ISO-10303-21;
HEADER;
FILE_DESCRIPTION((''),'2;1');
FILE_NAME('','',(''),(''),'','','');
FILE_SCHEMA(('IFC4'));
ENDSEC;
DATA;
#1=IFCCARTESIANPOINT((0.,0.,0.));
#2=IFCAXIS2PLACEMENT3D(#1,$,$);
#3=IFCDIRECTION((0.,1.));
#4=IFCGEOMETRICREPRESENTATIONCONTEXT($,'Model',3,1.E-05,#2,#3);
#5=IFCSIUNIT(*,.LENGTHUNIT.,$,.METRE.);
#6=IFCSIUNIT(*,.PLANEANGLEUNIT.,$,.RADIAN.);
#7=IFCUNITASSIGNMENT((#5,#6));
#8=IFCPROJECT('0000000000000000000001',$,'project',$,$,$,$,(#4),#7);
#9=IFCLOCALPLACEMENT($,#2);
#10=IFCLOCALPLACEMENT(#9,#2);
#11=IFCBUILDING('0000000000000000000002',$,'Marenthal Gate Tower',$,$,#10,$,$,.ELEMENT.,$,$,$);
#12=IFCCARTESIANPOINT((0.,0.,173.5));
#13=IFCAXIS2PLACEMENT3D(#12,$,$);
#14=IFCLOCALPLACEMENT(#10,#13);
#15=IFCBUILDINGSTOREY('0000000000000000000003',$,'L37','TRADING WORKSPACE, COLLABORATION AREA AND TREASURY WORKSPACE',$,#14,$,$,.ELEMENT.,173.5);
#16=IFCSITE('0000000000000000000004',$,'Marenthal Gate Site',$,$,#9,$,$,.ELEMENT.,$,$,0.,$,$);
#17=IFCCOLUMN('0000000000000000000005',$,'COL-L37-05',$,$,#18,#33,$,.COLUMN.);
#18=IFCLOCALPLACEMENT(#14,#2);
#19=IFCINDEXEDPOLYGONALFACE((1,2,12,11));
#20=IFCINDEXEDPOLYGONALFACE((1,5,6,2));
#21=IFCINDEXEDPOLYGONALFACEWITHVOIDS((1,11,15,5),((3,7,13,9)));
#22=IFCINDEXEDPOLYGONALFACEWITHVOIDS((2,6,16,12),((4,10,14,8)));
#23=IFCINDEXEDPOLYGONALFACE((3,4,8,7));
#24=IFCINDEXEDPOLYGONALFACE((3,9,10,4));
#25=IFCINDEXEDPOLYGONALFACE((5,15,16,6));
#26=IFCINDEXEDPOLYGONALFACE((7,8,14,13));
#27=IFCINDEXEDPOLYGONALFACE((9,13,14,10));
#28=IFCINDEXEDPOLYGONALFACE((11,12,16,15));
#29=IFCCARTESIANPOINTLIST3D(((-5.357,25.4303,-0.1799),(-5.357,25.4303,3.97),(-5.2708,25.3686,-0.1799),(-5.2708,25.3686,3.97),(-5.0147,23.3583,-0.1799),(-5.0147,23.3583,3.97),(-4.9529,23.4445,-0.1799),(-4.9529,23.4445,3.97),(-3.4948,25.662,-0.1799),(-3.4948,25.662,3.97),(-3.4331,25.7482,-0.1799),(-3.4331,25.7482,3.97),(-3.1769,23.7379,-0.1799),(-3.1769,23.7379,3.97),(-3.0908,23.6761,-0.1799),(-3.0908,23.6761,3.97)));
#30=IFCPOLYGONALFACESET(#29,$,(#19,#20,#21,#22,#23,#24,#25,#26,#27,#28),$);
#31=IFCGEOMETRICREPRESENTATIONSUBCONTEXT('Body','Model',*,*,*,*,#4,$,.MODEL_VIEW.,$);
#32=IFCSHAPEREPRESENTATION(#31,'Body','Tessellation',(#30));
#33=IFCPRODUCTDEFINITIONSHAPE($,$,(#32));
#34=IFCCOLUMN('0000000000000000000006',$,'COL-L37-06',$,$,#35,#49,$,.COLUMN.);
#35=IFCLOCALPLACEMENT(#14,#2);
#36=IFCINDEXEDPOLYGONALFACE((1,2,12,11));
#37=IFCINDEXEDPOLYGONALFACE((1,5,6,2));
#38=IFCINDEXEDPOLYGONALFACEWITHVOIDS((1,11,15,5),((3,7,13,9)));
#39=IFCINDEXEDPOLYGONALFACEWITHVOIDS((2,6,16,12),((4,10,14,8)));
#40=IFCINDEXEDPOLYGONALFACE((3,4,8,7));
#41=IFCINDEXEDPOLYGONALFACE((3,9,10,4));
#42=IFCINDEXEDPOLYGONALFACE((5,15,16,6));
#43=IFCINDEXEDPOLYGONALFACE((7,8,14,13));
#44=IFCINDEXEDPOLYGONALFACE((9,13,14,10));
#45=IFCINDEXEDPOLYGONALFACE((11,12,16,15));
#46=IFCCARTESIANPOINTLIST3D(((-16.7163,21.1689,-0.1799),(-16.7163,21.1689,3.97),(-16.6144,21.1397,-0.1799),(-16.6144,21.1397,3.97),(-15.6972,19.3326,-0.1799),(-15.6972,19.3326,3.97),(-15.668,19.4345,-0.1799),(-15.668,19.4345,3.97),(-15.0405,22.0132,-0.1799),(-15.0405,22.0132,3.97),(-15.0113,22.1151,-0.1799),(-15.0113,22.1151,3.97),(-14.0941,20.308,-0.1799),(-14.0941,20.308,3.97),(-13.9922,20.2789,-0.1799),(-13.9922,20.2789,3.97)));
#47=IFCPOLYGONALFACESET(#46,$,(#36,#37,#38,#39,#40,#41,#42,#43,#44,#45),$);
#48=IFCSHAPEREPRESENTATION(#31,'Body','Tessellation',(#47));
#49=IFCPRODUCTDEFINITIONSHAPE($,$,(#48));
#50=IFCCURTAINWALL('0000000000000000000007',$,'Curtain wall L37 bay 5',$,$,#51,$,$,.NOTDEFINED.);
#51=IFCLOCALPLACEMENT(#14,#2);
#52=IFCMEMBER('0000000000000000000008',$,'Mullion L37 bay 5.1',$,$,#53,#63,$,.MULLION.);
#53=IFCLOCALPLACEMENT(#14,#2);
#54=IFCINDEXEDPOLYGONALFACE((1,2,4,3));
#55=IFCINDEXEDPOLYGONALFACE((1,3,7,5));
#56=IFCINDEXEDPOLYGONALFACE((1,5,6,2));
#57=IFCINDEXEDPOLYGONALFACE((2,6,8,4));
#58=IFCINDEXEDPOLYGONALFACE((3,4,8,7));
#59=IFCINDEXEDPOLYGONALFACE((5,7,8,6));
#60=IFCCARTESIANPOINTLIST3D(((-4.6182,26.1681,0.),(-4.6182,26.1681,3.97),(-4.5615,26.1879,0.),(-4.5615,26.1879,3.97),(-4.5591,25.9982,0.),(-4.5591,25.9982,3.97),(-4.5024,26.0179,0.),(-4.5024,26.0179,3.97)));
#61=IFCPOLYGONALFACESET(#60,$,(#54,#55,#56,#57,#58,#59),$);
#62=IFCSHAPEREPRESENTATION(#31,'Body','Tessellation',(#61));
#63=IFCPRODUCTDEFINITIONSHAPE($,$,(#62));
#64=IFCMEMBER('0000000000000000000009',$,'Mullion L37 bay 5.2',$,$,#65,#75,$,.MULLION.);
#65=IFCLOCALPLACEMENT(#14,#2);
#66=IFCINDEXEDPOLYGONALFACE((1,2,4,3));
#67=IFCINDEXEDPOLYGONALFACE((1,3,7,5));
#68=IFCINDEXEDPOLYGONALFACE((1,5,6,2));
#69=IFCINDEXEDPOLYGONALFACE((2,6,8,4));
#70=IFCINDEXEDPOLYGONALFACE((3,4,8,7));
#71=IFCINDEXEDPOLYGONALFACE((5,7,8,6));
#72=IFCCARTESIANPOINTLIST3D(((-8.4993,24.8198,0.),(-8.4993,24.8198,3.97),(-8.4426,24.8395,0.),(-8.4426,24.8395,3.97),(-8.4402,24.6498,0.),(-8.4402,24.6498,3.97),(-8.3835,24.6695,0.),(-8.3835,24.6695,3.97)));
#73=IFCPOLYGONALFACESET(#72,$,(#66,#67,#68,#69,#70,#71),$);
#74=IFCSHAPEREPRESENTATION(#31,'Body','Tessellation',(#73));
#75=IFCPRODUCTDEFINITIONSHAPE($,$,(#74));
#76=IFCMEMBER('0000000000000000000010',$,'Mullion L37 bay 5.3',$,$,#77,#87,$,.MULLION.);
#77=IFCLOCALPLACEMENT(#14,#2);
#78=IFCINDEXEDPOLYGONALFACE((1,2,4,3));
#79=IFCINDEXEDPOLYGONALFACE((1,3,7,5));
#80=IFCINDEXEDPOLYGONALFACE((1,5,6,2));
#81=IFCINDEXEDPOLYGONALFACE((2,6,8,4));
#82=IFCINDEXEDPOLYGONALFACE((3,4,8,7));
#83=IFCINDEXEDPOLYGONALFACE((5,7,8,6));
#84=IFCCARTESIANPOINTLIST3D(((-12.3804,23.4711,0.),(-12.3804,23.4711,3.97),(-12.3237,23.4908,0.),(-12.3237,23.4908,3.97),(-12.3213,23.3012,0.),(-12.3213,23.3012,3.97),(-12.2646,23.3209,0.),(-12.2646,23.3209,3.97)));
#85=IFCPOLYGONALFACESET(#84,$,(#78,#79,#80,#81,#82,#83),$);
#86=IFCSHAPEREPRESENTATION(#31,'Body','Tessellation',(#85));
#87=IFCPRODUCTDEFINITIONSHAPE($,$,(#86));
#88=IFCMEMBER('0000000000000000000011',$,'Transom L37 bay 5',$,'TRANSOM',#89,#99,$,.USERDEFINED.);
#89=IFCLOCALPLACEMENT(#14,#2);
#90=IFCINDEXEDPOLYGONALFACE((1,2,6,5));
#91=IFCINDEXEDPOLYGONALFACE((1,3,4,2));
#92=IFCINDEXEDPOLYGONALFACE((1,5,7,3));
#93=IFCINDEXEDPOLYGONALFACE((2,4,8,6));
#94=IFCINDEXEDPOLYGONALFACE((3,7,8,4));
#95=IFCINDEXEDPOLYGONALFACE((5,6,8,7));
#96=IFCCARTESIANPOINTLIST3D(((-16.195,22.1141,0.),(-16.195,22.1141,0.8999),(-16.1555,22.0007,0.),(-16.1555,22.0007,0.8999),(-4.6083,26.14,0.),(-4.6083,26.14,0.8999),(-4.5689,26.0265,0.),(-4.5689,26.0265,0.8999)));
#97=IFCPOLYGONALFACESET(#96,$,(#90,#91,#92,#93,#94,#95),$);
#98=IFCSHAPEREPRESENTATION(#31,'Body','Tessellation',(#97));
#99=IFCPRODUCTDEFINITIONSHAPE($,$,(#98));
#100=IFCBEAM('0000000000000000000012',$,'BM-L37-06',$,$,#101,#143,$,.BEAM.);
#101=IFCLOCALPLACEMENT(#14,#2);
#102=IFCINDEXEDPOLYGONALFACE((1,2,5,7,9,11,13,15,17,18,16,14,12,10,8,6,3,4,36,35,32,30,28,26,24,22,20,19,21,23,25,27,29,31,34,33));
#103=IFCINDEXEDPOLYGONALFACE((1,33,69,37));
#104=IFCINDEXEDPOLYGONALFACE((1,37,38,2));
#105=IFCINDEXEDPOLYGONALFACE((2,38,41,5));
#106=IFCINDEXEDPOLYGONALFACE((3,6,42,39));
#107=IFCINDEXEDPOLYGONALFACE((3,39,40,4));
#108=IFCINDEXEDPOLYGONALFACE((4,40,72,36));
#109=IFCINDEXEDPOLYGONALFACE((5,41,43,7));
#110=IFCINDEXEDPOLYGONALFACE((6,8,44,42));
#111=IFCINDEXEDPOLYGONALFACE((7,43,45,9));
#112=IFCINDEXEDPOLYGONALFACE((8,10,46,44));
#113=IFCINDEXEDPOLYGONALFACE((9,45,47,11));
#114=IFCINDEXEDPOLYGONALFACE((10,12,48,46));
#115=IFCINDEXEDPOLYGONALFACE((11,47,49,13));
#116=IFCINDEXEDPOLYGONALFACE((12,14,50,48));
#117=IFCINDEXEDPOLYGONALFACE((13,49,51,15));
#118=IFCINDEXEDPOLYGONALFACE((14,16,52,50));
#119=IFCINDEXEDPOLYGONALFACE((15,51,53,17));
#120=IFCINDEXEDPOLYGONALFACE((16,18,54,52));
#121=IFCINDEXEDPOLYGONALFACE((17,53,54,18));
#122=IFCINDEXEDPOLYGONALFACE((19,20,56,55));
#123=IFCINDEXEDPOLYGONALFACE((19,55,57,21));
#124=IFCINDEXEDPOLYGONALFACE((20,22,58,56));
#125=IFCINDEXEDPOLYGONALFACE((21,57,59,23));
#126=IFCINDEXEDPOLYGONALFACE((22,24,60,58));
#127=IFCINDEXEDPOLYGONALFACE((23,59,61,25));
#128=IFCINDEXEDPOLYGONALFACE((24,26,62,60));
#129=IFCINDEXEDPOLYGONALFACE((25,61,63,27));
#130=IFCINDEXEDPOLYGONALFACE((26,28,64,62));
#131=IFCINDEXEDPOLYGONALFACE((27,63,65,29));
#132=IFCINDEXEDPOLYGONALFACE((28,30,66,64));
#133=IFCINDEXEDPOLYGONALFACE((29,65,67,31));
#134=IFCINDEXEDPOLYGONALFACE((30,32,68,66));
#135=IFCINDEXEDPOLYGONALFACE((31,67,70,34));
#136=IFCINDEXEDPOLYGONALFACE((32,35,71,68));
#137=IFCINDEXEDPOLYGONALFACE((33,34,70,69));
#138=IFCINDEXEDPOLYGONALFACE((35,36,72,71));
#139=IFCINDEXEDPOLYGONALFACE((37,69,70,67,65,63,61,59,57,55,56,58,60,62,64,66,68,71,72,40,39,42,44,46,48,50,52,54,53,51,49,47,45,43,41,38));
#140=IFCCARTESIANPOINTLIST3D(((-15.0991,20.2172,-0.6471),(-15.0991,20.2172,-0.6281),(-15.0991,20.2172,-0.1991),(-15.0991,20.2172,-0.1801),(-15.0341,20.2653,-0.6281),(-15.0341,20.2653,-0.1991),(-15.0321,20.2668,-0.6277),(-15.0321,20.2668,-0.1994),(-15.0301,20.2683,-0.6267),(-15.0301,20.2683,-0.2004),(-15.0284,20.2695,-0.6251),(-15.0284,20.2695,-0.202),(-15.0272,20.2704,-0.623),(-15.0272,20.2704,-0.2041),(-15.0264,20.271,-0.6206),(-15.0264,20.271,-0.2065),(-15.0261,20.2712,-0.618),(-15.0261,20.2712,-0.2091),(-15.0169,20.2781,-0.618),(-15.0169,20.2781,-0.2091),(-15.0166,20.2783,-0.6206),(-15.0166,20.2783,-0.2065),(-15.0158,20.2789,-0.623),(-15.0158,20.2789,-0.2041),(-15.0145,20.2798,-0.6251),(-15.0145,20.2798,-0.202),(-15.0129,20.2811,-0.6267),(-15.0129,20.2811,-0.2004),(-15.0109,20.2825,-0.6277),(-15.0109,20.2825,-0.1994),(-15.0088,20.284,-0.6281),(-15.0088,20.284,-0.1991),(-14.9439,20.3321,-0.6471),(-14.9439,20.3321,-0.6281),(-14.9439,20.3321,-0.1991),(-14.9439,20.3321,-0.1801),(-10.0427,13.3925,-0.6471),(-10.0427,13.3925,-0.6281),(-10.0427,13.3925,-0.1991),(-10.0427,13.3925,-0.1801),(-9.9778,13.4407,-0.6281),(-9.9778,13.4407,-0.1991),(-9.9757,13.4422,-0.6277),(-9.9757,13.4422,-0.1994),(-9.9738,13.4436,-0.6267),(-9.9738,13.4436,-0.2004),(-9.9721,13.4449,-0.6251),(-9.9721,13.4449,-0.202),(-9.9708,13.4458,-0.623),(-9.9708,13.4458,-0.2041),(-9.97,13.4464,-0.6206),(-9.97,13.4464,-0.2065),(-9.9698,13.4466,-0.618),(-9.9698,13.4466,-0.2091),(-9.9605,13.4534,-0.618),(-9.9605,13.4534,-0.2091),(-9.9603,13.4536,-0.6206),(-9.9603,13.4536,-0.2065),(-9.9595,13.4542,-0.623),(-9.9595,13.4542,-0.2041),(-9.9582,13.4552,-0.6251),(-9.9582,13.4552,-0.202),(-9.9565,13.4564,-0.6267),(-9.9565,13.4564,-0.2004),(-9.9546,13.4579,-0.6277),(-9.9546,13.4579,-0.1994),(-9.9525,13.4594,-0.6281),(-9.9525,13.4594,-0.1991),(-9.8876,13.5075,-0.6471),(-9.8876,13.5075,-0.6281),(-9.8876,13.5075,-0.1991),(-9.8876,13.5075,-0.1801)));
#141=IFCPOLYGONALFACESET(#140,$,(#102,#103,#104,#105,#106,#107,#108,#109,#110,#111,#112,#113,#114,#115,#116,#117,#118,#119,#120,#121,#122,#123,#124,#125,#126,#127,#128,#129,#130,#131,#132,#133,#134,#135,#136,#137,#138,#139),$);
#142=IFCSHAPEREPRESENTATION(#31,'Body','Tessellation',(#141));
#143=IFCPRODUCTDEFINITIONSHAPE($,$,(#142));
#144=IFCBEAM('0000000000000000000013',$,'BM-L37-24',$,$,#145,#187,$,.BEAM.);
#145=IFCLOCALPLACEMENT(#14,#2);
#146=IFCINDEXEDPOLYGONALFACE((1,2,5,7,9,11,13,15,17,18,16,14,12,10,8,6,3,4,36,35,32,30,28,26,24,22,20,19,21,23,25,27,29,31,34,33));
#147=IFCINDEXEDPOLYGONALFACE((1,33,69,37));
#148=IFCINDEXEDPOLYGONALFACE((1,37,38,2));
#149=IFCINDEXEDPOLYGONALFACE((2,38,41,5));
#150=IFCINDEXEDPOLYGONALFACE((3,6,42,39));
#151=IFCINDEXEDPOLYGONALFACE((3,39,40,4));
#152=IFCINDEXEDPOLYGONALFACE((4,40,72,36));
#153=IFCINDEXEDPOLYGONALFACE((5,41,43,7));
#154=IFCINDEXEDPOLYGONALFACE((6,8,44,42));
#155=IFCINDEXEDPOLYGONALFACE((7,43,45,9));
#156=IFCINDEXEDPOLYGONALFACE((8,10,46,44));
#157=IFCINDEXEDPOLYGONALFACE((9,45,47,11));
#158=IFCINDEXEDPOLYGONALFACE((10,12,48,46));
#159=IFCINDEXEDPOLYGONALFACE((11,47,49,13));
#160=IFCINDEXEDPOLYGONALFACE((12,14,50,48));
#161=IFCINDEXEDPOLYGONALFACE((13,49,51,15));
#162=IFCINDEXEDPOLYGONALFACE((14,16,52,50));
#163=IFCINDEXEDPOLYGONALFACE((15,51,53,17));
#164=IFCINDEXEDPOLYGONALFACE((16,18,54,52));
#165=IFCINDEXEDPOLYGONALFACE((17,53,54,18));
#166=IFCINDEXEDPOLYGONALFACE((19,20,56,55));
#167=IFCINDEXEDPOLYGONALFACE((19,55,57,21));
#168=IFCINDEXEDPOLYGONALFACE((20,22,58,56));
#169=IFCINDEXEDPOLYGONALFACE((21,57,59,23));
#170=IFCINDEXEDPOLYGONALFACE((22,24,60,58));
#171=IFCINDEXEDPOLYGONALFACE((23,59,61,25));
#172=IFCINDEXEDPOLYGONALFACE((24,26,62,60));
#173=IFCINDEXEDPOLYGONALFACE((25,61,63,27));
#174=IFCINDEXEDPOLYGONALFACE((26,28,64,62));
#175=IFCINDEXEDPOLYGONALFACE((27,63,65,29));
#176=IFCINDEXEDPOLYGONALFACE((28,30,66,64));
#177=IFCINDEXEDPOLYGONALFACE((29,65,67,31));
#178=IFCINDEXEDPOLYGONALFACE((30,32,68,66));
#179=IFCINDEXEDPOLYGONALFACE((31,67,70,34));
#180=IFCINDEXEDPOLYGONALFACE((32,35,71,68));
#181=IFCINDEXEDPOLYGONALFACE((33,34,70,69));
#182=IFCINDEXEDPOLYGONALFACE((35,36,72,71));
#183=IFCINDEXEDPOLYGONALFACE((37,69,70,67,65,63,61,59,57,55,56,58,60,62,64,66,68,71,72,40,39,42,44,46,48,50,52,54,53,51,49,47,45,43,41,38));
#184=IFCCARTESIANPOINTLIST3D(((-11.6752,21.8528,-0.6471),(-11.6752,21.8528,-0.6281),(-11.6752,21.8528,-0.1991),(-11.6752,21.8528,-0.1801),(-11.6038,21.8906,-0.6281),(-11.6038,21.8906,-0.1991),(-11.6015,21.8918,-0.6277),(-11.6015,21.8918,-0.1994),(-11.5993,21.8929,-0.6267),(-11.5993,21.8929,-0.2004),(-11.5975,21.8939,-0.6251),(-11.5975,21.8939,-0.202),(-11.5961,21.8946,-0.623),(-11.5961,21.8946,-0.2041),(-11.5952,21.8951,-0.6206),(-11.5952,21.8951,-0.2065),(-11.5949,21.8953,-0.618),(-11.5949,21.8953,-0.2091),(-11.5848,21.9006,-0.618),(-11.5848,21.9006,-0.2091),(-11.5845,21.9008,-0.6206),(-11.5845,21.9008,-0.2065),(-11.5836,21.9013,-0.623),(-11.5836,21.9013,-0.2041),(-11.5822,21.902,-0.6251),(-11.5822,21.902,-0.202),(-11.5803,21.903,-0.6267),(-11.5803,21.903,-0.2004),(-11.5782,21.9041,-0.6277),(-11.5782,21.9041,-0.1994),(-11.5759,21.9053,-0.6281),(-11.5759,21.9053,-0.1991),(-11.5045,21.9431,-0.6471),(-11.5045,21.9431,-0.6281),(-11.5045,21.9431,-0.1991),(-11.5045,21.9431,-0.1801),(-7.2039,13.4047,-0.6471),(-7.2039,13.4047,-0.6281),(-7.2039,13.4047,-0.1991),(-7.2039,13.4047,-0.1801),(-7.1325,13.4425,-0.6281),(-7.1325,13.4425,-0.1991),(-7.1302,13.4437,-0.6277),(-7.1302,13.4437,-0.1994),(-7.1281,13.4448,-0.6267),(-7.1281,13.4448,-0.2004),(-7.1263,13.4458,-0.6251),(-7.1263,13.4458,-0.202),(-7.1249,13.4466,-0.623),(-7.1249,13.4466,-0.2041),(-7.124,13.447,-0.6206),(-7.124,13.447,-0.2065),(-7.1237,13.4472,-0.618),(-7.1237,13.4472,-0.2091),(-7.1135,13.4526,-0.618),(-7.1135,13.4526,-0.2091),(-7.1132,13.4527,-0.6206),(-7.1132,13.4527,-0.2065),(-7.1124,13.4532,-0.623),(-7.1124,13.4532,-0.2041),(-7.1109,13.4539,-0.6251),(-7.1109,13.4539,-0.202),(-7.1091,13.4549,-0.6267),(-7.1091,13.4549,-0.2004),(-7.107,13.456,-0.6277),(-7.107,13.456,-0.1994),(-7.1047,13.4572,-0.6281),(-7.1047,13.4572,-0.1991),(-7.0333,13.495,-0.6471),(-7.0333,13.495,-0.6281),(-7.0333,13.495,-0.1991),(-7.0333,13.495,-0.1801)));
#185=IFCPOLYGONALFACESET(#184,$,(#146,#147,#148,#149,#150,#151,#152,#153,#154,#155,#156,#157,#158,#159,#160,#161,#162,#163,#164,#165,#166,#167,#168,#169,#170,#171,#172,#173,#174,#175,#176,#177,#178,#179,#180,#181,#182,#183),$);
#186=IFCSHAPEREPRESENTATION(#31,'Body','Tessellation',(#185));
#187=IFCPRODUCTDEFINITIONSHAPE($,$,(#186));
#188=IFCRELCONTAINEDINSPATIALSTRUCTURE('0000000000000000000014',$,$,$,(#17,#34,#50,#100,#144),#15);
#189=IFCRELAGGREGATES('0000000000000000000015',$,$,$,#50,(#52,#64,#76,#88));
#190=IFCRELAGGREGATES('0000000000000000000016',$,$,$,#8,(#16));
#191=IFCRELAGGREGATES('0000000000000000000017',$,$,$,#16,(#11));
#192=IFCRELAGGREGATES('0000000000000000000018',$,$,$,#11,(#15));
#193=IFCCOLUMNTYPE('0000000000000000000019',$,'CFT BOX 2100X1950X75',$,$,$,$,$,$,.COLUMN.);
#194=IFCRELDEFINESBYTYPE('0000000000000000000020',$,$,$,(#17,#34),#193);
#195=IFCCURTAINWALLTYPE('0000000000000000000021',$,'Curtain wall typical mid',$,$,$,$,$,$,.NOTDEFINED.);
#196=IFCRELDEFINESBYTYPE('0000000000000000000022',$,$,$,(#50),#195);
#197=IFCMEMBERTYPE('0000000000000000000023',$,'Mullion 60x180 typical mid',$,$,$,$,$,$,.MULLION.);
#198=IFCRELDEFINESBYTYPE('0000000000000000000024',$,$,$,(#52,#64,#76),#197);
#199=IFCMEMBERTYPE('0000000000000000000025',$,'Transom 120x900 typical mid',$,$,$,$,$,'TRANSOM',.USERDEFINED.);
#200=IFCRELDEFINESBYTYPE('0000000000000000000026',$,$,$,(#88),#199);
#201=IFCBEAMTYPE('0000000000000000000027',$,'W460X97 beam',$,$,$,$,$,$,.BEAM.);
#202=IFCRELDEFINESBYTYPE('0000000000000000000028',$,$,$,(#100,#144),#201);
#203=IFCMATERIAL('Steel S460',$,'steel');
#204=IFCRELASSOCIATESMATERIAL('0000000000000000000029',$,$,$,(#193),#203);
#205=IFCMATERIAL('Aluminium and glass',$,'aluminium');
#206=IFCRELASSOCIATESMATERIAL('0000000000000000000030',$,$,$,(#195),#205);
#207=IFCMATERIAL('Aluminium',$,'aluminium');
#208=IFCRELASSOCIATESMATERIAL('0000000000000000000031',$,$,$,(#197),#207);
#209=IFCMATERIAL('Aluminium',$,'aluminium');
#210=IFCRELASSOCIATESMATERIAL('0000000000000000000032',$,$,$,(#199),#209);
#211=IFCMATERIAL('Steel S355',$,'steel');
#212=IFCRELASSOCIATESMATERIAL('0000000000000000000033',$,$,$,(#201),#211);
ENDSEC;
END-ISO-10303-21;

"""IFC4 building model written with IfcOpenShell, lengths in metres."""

from ifc_helpers import new_model, si_unit, direction, frame, origin, origin_2d, place, context, subcontext, project, spatial, rectangle, hollow_rectangle, i_section, extrude, material, material_profile, profile_set, type_object, element, aggregate, save


model = new_model("IFC4")

# Units and contexts
model_context = context("Model", 3, precision=1e-05, world=origin(), true_north=direction((0.0, 1.0)))
body_context = subcontext(model_context, "Body", "Model", "MODEL_VIEW")
ifc_project = project(units=[si_unit("LENGTHUNIT", "METRE"), si_unit("PLANEANGLEUNIT", "RADIAN")], contexts=[model_context])

# Site, building, storey
site_placement = place(None, origin())
site = spatial("IfcSite", under=ifc_project, at=site_placement, Name="Marenthal Gate Site", CompositionType="ELEMENT", RefElevation=0.0)
building_placement = place(site_placement, origin())
building = spatial("IfcBuilding", under=site, at=building_placement, Name="Marenthal Gate Tower", CompositionType="ELEMENT")
storey_placement = place(building_placement, frame((0.0, 0.0, 173.5)))
storey = spatial("IfcBuildingStorey", under=building, at=storey_placement, Name="L37", Description="TRADING WORKSPACE, COLLABORATION AREA AND TREASURY WORKSPACE", CompositionType="ELEMENT", Elevation=173.5)

# Columns
ifc_material_1 = material(Name="Steel S460", Category="steel")
ifc_material_profile_1 = material_profile(ifc_material_1, hollow_rectangle(XDim=1.95, YDim=2.1001, WallThickness=0.075, at=origin_2d()), Name="CFT BOX 2100X1950X75")
ifc_material_2 = material(Name="Concrete 70 MPa", Category="concrete")
ifc_material_profile_2 = material_profile(ifc_material_2, rectangle(XDim=1.8, YDim=1.95, at=origin_2d()), Name="CFT BOX 2100X1950X75 INFILL")
ifc_profile_set_1 = profile_set([ifc_material_profile_1, ifc_material_profile_2], Name="Steel S460 shell, Concrete 70 MPa infill")
column_type = type_object("IfcColumnType", Name="CFT BOX 2100X1950X75", PredefinedType="COLUMN", material=ifc_profile_set_1)
for number, where, z_axis, x_axis, name in (
    (1, (-4.2239, 24.5532, -0.1799), (0.0, 0.0, 1.0), (0.986625, 0.163004, 0.0), "COL-L37-05"),
    (2, (-15.3542, 20.7239, -0.1799), (0.0, 0.0, 1.0), (0.874371, 0.485258, 0.0), "COL-L37-06"),
):
    element("IfcColumn", number, at=place(storey_placement, frame(where, z_axis=z_axis, x_axis=x_axis)), inside=storey, type_object=column_type, Name=name, PredefinedType="COLUMN", context=body_context, shape_type="SweptSolid", body=[
        extrude(hollow_rectangle(XDim=1.95, YDim=2.1001, WallThickness=0.075, at=origin_2d()), origin(), (0.0, 0.0, 1.0), 4.1499),
    ])

# Curtain wall, members
ifc_material_3 = material(Name="Aluminium and glass", Category="aluminium")
curtain_wall_type = type_object("IfcCurtainWallType", Name="Curtain wall typical mid", PredefinedType="NOTDEFINED", material=ifc_material_3)
curtain_wall_placement = place(storey_placement, origin())
curtain_wall = element("IfcCurtainWall", 3, at=curtain_wall_placement, inside=storey, type_object=curtain_wall_type, Name="Curtain wall L37 bay 5", PredefinedType="NOTDEFINED")
ifc_material_4 = material(Name="Aluminium", Category="aluminium")
ifc_material_profile_3 = material_profile(ifc_material_4, rectangle(XDim=0.1799, YDim=0.0601, at=origin_2d()), Name="60x180 aluminium mullion")
ifc_profile_set_2 = profile_set([ifc_material_profile_3], Name="Aluminium")
member_type_1 = type_object("IfcMemberType", Name="Mullion 60x180 typical mid", PredefinedType="MULLION", material=ifc_profile_set_2)
member_1_placement = place(storey_placement, frame((-4.5603, 26.093, 0.0), z_axis=(0.0, 0.0, 1.0), x_axis=(0.328211, -0.944604, 0.0)))
member_1 = element("IfcMember", 4, at=member_1_placement, type_object=member_type_1, Name="Mullion L37 bay 5.1", PredefinedType="MULLION", context=body_context, shape_type="SweptSolid", body=[
    extrude(rectangle(XDim=0.1799, YDim=0.0601, at=origin_2d()), origin(), (0.0, 0.0, 1.0), 3.97),
])
member_2_placement = place(storey_placement, frame((-8.4414, 24.7446, 0.0), z_axis=(0.0, 0.0, 1.0), x_axis=(0.328211, -0.944604, 0.0)))
member_2 = element("IfcMember", 5, at=member_2_placement, type_object=member_type_1, Name="Mullion L37 bay 5.2", PredefinedType="MULLION", context=body_context, shape_type="SweptSolid", body=[
    extrude(rectangle(XDim=0.1799, YDim=0.0601, at=origin_2d()), origin(), (0.0, 0.0, 1.0), 3.97),
])
member_3_placement = place(storey_placement, frame((-12.3225, 23.396, 0.0), z_axis=(0.0, 0.0, 1.0), x_axis=(0.328211, -0.944604, 0.0)))
member_3 = element("IfcMember", 6, at=member_3_placement, type_object=member_type_1, Name="Mullion L37 bay 5.3", PredefinedType="MULLION", context=body_context, shape_type="SweptSolid", body=[
    extrude(rectangle(XDim=0.1799, YDim=0.0601, at=origin_2d()), origin(), (0.0, 0.0, 1.0), 3.97),
])
ifc_material_5 = material(Name="Aluminium", Category="aluminium")
ifc_material_profile_4 = material_profile(ifc_material_5, rectangle(XDim=0.1201, YDim=0.8999, at=origin_2d()), Name="120x900 aluminium transom")
ifc_profile_set_3 = profile_set([ifc_material_profile_4], Name="Aluminium")
member_type_2 = type_object("IfcMemberType", Name="Transom 120x900 typical mid", ElementType="TRANSOM", PredefinedType="USERDEFINED", material=ifc_profile_set_3)
member_4_placement = place(storey_placement, frame((-4.5886, 26.0833, 0.45), z_axis=(-0.944605, -0.32821, 0.0), x_axis=(0.32821, -0.944605, 0.0)))
member_4 = element("IfcMember", 7, at=member_4_placement, type_object=member_type_2, Name="Transom L37 bay 5", ObjectType="TRANSOM", PredefinedType="USERDEFINED", context=body_context, shape_type="SweptSolid", body=[
    extrude(rectangle(XDim=0.1201, YDim=0.8999, at=origin_2d()), origin(), (0.0, 0.0, 1.0), 12.2661),
])

# Beams
ifc_material_6 = material(Name="Steel S355", Category="steel")
ifc_material_profile_5 = material_profile(ifc_material_6, i_section(OverallWidth=0.1931, OverallDepth=0.467, WebThickness=0.0115, FlangeThickness=0.019, FilletRadius=0.01, at=origin_2d()), Name="W460X97")
ifc_profile_set_4 = profile_set([ifc_material_profile_5], Name="Steel S355")
beam_type_1 = type_object("IfcBeamType", Name="W460X97 beam", PredefinedType="BEAM", material=ifc_profile_set_4)
beam_1_placement = place(storey_placement, frame((-15.0215, 20.2747, -0.4136), z_axis=(0.595308, -0.803498, 0.0), x_axis=(0.803498, 0.595308, 0.0)))
element("IfcBeam", 8, at=beam_1_placement, inside=storey, type_object=beam_type_1, Name="BM-L37-06", PredefinedType="BEAM", context=body_context, shape_type="SweptSolid", body=[
    extrude(i_section(OverallWidth=0.1931, OverallDepth=0.467, WebThickness=0.0115, FlangeThickness=0.019, FilletRadius=0.01, at=origin_2d()), origin(), (0.0, 0.0, 1.0), 8.4937),
])
beam_2_placement = place(storey_placement, frame((-11.5898, 21.8979, -0.4136), z_axis=(0.467783, -0.883843, 0.0), x_axis=(0.883843, 0.467783, 0.0)))
element("IfcBeam", 9, at=beam_2_placement, inside=storey, type_object=beam_type_1, Name="BM-L37-24", PredefinedType="BEAM", context=body_context, shape_type="SweptSolid", body=[
    extrude(i_section(OverallWidth=0.1931, OverallDepth=0.467, WebThickness=0.0115, FlangeThickness=0.019, FilletRadius=0.01, at=origin_2d()), origin(), (0.0, 0.0, 1.0), 9.5583),
])

aggregate(curtain_wall, [member_1, member_2, member_3, member_4])

save(model, "model.ifc")
